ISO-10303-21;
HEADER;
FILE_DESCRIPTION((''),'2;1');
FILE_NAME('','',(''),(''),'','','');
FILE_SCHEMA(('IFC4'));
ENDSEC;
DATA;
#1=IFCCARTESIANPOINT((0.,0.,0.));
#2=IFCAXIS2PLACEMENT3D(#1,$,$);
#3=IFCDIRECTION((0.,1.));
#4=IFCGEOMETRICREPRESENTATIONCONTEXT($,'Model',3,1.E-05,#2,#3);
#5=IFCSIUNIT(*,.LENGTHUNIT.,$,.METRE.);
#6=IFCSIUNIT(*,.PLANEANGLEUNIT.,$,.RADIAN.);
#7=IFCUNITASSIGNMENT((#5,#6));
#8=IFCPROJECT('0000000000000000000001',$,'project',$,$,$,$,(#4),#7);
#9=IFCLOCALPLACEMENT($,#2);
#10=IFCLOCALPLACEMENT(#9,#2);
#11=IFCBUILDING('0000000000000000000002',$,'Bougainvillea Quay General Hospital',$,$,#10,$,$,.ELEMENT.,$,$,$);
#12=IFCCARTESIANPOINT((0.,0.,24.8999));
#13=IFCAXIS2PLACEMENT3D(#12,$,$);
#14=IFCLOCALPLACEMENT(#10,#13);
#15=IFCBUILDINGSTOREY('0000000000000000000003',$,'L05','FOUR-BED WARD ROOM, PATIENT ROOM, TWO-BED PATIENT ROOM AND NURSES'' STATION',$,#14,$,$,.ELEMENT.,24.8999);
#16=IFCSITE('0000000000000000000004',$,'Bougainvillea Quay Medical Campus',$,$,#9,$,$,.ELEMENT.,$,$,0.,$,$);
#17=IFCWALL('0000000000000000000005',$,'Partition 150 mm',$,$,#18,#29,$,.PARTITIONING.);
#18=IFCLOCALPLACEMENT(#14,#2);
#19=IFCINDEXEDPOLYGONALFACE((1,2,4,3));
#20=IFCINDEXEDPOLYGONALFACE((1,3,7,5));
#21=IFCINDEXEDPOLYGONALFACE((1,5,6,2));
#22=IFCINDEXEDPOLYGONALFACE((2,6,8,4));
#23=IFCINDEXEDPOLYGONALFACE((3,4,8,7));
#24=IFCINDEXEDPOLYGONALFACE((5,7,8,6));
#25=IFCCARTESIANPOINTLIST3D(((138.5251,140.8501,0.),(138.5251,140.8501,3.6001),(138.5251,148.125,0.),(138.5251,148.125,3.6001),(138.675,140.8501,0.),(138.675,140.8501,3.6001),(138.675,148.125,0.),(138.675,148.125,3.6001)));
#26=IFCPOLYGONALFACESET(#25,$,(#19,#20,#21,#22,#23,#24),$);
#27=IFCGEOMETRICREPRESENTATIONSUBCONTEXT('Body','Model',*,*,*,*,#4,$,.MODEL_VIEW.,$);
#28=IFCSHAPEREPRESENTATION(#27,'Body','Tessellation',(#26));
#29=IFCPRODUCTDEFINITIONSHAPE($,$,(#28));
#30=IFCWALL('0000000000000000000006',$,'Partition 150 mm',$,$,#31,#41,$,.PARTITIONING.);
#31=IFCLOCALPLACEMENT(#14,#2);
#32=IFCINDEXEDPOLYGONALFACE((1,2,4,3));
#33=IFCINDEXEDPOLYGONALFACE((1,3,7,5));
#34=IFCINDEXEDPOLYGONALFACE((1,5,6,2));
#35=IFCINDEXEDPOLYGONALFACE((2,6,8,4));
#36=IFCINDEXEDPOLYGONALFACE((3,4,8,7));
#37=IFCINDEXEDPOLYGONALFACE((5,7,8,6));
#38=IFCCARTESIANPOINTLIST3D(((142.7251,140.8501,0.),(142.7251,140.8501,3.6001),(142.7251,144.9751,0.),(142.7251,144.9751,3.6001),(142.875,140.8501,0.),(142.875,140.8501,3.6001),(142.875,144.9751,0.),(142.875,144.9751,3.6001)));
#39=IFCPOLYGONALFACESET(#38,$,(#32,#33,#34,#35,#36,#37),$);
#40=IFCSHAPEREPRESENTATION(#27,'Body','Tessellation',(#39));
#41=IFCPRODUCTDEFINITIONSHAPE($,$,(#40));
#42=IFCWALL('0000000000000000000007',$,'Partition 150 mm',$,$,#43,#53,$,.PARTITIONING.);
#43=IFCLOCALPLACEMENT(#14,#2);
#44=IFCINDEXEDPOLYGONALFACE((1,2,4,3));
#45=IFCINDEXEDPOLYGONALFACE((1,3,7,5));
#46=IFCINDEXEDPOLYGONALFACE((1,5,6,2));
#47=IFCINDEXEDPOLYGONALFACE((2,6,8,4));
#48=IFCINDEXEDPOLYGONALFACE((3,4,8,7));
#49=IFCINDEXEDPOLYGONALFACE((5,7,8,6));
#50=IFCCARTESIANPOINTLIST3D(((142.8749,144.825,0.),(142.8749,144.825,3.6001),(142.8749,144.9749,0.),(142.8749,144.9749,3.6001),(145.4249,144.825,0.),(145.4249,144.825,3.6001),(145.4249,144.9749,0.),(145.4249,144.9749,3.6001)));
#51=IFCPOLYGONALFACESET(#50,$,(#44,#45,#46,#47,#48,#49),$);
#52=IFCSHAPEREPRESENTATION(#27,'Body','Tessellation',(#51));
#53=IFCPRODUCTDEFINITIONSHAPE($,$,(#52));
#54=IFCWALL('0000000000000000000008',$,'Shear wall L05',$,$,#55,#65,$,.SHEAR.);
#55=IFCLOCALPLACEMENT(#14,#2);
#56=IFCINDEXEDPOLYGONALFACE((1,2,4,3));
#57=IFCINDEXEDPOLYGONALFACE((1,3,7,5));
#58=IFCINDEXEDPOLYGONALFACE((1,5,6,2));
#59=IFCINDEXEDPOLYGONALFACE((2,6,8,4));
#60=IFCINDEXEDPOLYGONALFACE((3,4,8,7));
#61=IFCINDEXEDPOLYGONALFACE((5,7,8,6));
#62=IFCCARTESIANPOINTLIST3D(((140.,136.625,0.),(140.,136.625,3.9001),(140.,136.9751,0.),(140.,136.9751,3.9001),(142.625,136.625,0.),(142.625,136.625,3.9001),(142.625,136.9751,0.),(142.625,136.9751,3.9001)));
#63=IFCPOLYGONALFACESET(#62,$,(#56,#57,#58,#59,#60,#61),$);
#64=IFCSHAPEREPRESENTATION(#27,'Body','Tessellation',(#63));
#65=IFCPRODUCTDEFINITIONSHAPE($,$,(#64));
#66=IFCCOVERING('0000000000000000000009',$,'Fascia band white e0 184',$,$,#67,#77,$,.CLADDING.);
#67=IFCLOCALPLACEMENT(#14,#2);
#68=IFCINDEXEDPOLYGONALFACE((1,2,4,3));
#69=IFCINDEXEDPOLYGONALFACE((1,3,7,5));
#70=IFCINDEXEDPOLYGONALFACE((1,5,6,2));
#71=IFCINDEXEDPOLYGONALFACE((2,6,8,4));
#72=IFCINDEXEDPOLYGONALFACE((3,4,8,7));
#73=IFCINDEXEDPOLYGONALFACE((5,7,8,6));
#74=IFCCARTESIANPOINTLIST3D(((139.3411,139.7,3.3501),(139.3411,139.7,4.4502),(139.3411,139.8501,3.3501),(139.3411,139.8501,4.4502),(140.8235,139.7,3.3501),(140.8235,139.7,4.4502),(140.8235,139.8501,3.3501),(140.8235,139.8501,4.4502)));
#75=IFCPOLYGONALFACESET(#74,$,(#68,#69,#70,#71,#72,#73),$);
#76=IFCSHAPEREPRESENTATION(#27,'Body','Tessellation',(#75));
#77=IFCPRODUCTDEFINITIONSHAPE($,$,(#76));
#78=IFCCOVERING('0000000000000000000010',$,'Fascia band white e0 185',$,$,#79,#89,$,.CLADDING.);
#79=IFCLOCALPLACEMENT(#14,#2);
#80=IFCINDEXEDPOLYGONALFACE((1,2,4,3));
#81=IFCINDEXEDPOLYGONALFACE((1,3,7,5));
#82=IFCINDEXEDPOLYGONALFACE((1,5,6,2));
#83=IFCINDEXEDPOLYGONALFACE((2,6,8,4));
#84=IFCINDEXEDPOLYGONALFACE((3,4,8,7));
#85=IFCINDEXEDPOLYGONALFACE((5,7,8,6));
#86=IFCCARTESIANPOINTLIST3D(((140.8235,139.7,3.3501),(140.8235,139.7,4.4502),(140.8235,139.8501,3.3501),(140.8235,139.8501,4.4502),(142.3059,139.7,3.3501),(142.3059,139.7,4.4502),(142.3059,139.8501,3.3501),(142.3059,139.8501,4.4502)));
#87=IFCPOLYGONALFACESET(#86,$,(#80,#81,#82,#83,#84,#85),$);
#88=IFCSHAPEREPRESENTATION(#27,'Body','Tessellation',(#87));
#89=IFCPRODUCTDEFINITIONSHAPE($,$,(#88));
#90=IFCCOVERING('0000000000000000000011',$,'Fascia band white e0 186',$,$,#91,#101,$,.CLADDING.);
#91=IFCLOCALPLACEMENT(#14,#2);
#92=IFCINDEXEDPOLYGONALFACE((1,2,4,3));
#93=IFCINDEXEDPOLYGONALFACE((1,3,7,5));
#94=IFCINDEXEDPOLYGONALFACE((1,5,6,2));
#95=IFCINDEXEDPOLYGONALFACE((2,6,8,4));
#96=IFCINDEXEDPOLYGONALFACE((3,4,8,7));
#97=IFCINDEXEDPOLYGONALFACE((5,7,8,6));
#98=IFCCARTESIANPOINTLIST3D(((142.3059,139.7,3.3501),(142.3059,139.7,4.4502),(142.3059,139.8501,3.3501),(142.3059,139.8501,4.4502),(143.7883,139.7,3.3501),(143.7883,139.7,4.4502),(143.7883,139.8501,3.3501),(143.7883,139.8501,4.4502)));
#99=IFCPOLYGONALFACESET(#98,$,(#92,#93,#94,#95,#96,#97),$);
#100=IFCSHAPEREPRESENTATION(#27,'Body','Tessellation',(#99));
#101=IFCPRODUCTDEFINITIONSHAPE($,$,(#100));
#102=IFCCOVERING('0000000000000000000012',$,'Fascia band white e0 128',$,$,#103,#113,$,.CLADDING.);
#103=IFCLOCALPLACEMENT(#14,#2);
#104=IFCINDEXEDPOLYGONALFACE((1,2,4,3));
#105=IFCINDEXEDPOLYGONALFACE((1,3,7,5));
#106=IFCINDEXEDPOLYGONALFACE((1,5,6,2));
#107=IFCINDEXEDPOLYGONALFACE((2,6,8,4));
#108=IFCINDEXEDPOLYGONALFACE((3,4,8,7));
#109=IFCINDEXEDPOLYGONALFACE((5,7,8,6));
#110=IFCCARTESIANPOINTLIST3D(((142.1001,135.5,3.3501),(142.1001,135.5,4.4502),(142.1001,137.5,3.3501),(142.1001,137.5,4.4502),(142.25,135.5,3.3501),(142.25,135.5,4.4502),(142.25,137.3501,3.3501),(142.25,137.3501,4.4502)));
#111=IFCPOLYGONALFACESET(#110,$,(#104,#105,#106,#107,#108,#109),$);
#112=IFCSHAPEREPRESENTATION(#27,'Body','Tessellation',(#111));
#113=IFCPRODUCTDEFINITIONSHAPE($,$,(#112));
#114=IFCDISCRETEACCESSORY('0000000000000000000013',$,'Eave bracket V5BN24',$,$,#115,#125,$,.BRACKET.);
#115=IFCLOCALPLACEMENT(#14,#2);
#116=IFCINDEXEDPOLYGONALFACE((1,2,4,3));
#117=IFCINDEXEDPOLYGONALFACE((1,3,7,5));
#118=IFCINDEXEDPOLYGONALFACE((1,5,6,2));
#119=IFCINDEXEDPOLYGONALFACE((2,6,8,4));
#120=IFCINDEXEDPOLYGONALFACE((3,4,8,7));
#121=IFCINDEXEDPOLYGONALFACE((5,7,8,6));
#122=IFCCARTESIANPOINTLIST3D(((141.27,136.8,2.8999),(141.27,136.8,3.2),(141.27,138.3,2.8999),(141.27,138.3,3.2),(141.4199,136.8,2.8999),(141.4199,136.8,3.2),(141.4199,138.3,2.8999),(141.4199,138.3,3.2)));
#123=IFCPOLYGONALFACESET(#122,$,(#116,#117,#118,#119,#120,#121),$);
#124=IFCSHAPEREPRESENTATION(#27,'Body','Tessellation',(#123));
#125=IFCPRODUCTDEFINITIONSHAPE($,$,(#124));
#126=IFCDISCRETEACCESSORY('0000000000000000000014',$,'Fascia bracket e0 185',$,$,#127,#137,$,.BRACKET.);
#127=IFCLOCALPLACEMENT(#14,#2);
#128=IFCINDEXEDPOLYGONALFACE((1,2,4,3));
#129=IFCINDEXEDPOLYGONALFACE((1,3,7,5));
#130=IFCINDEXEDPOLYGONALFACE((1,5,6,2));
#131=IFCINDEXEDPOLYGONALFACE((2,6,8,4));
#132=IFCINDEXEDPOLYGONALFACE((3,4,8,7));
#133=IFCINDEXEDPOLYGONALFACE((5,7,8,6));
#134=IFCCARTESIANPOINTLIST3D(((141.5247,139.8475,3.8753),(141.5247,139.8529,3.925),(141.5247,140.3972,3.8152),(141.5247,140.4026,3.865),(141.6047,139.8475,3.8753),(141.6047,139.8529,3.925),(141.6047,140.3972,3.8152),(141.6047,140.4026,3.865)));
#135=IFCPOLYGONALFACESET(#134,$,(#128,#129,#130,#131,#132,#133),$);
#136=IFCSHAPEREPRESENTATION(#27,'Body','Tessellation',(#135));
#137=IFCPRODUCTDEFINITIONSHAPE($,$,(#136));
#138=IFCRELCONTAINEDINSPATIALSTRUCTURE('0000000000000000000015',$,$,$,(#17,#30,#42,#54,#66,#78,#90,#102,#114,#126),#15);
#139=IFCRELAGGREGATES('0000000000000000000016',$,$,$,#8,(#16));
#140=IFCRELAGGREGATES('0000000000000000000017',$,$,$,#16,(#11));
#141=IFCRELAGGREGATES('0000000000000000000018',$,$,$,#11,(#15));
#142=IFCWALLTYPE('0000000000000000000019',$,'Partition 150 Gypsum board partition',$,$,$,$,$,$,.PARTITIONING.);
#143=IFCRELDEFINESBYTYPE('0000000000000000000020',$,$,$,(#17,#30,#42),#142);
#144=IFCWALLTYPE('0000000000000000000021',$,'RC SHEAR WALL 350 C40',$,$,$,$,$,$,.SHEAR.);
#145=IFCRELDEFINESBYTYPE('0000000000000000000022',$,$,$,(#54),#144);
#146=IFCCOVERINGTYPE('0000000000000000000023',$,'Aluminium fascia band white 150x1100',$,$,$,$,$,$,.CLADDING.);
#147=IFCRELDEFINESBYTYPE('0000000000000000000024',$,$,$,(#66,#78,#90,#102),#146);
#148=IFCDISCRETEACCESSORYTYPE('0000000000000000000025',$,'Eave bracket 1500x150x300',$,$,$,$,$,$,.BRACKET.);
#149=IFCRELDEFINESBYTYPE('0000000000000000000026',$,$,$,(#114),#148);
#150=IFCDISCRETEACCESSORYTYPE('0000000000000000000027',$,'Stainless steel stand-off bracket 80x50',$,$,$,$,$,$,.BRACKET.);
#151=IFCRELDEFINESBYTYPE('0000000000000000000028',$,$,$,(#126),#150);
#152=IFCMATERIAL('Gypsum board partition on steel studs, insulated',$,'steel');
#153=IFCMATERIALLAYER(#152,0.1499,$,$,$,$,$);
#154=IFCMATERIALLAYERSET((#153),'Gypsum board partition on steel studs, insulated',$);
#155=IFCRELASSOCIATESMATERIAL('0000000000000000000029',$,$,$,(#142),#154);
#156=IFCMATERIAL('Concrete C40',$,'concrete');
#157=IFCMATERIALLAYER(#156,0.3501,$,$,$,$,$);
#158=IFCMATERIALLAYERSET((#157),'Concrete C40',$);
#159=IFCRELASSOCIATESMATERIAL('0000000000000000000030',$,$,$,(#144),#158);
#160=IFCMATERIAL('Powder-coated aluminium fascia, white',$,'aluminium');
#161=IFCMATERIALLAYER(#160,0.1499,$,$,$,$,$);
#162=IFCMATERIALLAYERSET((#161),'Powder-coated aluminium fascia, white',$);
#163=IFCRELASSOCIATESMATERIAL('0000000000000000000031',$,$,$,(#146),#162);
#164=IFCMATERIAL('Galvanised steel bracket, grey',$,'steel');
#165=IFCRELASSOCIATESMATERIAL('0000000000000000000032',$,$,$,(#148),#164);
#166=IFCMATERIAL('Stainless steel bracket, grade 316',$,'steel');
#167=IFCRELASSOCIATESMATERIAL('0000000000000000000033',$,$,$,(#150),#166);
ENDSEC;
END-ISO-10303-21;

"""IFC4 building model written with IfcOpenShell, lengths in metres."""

from ifc_helpers import new_model, si_unit, direction, frame, frame_2d, origin, origin_2d, place, context, subcontext, project, spatial, polyline, rectangle, outline, extrude, material, layer, layer_set, material_profile, profile_set, type_object, element, save


model = new_model("IFC4")

# Units and contexts
model_context = context("Model", 3, precision=1e-05, world=origin(), true_north=direction((0.0, 1.0)))
body_context = subcontext(model_context, "Body", "Model", "MODEL_VIEW")
ifc_project = project(units=[si_unit("LENGTHUNIT", "METRE"), si_unit("PLANEANGLEUNIT", "RADIAN")], contexts=[model_context])

# Site, building, storey
site_placement = place(None, origin())
site = spatial("IfcSite", under=ifc_project, at=site_placement, Name="Bougainvillea Quay Medical Campus", CompositionType="ELEMENT", RefElevation=0.0)
building_placement = place(site_placement, origin())
building = spatial("IfcBuilding", under=site, at=building_placement, Name="Bougainvillea Quay General Hospital", CompositionType="ELEMENT")
storey_placement = place(building_placement, frame((0.0, 0.0, 24.8999)))
storey = spatial("IfcBuildingStorey", under=building, at=storey_placement, Name="L05", Description="FOUR-BED WARD ROOM, PATIENT ROOM, TWO-BED PATIENT ROOM AND NURSES' STATION", CompositionType="ELEMENT", Elevation=24.8999)

# Shared definitions
ifc_material_1 = material(Name="Concrete C40", Category="concrete")

# Walls
ifc_material_2 = material(Name="Gypsum board partition on steel studs, insulated", Category="steel")
ifc_layer_1 = layer(ifc_material_2, 0.1499)
ifc_layer_set_1 = layer_set([ifc_layer_1], Name="Gypsum board partition on steel studs, insulated")
wall_type_1 = type_object("IfcWallType", Name="Partition 150 Gypsum board partition", PredefinedType="PARTITIONING", material=ifc_layer_set_1)
wall_1_placement = place(storey_placement, frame((138.6001, 140.8501, 0.0), z_axis=(0.0, 0.0, 1.0), x_axis=(0.0, 1.0, 0.0)))
element("IfcWall", 1, at=wall_1_placement, inside=storey, type_object=wall_type_1, Name="Partition 150 mm", PredefinedType="PARTITIONING", context=body_context, shape_type="SweptSolid", body=[
    extrude(rectangle(XDim=7.2749, YDim=0.1499, at=frame_2d((3.6375, 0.0))), origin(), (0.0, 0.0, 1.0), 3.6001),
])
wall_2_placement = place(storey_placement, frame((142.8, 140.8501, 0.0), z_axis=(0.0, 0.0, 1.0), x_axis=(0.0, 1.0, 0.0)))
element("IfcWall", 2, at=wall_2_placement, inside=storey, type_object=wall_type_1, Name="Partition 150 mm", PredefinedType="PARTITIONING", context=body_context, shape_type="SweptSolid", body=[
    extrude(rectangle(XDim=4.125, YDim=0.1499, at=frame_2d((2.0625, 0.0))), origin(), (0.0, 0.0, 1.0), 3.6001),
])
wall_3_placement = place(storey_placement, frame((142.875, 144.8999, 0.0), z_axis=(0.0, 0.0, 1.0), x_axis=(1.0, 0.0, 0.0)))
element("IfcWall", 3, at=wall_3_placement, inside=storey, type_object=wall_type_1, Name="Partition 150 mm", PredefinedType="PARTITIONING", context=body_context, shape_type="SweptSolid", body=[
    extrude(rectangle(XDim=2.55, YDim=0.1499, at=frame_2d((1.2749, 0.0))), origin(), (0.0, 0.0, 1.0), 3.6001),
])
ifc_layer_2 = layer(ifc_material_1, 0.3501)
ifc_layer_set_2 = layer_set([ifc_layer_2], Name="Concrete C40")
wall_type_2 = type_object("IfcWallType", Name="RC SHEAR WALL 350 C40", PredefinedType="SHEAR", material=ifc_layer_set_2)
wall_4_placement = place(storey_placement, frame((140.0, 136.8, 0.0), z_axis=(0.0, 0.0, 1.0), x_axis=(1.0, 0.0, 0.0)))
element("IfcWall", 4, at=wall_4_placement, inside=storey, type_object=wall_type_2, Name="Shear wall L05", PredefinedType="SHEAR", context=body_context, shape_type="SweptSolid", body=[
    extrude(rectangle(XDim=2.625, YDim=0.3501, at=frame_2d((1.3125, 0.0))), origin(), (0.0, 0.0, 1.0), 3.9001),
])

# Coverings
ifc_material_3 = material(Name="Powder-coated aluminium fascia, white", Category="aluminium")
ifc_layer_3 = layer(ifc_material_3, 0.1499)
ifc_layer_set_3 = layer_set([ifc_layer_3], Name="Powder-coated aluminium fascia, white")
covering_type = type_object("IfcCoveringType", Name="Aluminium fascia band white 150x1100", PredefinedType="CLADDING", material=ifc_layer_set_3)
for number, where, z_axis, x_axis, name in (
    (5, (139.3411, 139.8501, 3.3501), (0.0, 0.0, 1.0), (1.0, 0.0, 0.0), "Fascia band white e0 184"),
    (6, (140.8235, 139.8501, 3.3501), (0.0, 0.0, 1.0), (1.0, 0.0, 0.0), "Fascia band white e0 185"),
    (7, (142.3059, 139.8501, 3.3501), (0.0, 0.0, 1.0), (1.0, 0.0, 0.0), "Fascia band white e0 186"),
):
    element("IfcCovering", number, at=place(storey_placement, frame(where, z_axis=z_axis, x_axis=x_axis)), inside=storey, type_object=covering_type, Name=name, PredefinedType="CLADDING", context=body_context, shape_type="SweptSolid", body=[
        extrude(outline(polyline([(0.0, 0.0), (1.4824, 0.0), (1.4824, -0.1501), (0.0, -0.1501), (0.0, 0.0)])), origin(), (0.0, 0.0, 1.0), 1.1001),
    ])
covering_placement = place(storey_placement, frame((142.25, 137.3501, 3.3501), z_axis=(0.0, 0.0, 1.0), x_axis=(0.0, -1.0, 0.0)))
element("IfcCovering", 8, at=covering_placement, inside=storey, type_object=covering_type, Name="Fascia band white e0 128", PredefinedType="CLADDING", context=body_context, shape_type="SweptSolid", body=[
    extrude(outline(polyline([(0.0, 0.0), (1.8501, 0.0), (1.8501, -0.1499), (-0.1499, -0.1499), (0.0, 0.0)])), origin(), (0.0, 0.0, 1.0), 1.1001),
])

# Discrete accessories
ifc_material_4 = material(Name="Galvanised steel bracket, grey", Category="steel")
discrete_accessory_type_1 = type_object("IfcDiscreteAccessoryType", Name="Eave bracket 1500x150x300", PredefinedType="BRACKET", material=ifc_material_4)
discrete_accessory_1_placement = place(storey_placement, frame((141.345, 137.55, 2.8999), z_axis=(0.0, 0.0, 1.0), x_axis=(1.0, 0.0, 0.0)))
element("IfcDiscreteAccessory", 9, at=discrete_accessory_1_placement, inside=storey, type_object=discrete_accessory_type_1, Name="Eave bracket V5BN24", PredefinedType="BRACKET", context=body_context, shape_type="SweptSolid", body=[
    extrude(rectangle(XDim=0.1499, YDim=1.5, at=origin_2d()), origin(), (0.0, 0.0, 1.0), 0.3),
])
ifc_material_5 = material(Name="Stainless steel bracket, grade 316", Category="steel")
ifc_material_profile_1 = material_profile(ifc_material_5, rectangle(XDim=0.0801, YDim=0.05, at=origin_2d()))
ifc_profile_set_1 = profile_set([ifc_material_profile_1], Name="Stainless steel bracket, grade 316")
discrete_accessory_type_2 = type_object("IfcDiscreteAccessoryType", Name="Stainless steel stand-off bracket 80x50", PredefinedType="BRACKET", material=ifc_profile_set_1)
discrete_accessory_2_placement = place(storey_placement, frame((141.5647, 140.3999, 3.8401), z_axis=(0.0, -0.994087, 0.10859), x_axis=(1.0, 0.0, 0.0)))
element("IfcDiscreteAccessory", 10, at=discrete_accessory_2_placement, inside=storey, type_object=discrete_accessory_type_2, Name="Fascia bracket e0 185", PredefinedType="BRACKET", context=body_context, shape_type="SweptSolid", body=[
    extrude(rectangle(XDim=0.0801, YDim=0.05, at=origin_2d()), origin(), (0.0, 0.0, 1.0), 0.553),
])

save(model, "model.ifc")
